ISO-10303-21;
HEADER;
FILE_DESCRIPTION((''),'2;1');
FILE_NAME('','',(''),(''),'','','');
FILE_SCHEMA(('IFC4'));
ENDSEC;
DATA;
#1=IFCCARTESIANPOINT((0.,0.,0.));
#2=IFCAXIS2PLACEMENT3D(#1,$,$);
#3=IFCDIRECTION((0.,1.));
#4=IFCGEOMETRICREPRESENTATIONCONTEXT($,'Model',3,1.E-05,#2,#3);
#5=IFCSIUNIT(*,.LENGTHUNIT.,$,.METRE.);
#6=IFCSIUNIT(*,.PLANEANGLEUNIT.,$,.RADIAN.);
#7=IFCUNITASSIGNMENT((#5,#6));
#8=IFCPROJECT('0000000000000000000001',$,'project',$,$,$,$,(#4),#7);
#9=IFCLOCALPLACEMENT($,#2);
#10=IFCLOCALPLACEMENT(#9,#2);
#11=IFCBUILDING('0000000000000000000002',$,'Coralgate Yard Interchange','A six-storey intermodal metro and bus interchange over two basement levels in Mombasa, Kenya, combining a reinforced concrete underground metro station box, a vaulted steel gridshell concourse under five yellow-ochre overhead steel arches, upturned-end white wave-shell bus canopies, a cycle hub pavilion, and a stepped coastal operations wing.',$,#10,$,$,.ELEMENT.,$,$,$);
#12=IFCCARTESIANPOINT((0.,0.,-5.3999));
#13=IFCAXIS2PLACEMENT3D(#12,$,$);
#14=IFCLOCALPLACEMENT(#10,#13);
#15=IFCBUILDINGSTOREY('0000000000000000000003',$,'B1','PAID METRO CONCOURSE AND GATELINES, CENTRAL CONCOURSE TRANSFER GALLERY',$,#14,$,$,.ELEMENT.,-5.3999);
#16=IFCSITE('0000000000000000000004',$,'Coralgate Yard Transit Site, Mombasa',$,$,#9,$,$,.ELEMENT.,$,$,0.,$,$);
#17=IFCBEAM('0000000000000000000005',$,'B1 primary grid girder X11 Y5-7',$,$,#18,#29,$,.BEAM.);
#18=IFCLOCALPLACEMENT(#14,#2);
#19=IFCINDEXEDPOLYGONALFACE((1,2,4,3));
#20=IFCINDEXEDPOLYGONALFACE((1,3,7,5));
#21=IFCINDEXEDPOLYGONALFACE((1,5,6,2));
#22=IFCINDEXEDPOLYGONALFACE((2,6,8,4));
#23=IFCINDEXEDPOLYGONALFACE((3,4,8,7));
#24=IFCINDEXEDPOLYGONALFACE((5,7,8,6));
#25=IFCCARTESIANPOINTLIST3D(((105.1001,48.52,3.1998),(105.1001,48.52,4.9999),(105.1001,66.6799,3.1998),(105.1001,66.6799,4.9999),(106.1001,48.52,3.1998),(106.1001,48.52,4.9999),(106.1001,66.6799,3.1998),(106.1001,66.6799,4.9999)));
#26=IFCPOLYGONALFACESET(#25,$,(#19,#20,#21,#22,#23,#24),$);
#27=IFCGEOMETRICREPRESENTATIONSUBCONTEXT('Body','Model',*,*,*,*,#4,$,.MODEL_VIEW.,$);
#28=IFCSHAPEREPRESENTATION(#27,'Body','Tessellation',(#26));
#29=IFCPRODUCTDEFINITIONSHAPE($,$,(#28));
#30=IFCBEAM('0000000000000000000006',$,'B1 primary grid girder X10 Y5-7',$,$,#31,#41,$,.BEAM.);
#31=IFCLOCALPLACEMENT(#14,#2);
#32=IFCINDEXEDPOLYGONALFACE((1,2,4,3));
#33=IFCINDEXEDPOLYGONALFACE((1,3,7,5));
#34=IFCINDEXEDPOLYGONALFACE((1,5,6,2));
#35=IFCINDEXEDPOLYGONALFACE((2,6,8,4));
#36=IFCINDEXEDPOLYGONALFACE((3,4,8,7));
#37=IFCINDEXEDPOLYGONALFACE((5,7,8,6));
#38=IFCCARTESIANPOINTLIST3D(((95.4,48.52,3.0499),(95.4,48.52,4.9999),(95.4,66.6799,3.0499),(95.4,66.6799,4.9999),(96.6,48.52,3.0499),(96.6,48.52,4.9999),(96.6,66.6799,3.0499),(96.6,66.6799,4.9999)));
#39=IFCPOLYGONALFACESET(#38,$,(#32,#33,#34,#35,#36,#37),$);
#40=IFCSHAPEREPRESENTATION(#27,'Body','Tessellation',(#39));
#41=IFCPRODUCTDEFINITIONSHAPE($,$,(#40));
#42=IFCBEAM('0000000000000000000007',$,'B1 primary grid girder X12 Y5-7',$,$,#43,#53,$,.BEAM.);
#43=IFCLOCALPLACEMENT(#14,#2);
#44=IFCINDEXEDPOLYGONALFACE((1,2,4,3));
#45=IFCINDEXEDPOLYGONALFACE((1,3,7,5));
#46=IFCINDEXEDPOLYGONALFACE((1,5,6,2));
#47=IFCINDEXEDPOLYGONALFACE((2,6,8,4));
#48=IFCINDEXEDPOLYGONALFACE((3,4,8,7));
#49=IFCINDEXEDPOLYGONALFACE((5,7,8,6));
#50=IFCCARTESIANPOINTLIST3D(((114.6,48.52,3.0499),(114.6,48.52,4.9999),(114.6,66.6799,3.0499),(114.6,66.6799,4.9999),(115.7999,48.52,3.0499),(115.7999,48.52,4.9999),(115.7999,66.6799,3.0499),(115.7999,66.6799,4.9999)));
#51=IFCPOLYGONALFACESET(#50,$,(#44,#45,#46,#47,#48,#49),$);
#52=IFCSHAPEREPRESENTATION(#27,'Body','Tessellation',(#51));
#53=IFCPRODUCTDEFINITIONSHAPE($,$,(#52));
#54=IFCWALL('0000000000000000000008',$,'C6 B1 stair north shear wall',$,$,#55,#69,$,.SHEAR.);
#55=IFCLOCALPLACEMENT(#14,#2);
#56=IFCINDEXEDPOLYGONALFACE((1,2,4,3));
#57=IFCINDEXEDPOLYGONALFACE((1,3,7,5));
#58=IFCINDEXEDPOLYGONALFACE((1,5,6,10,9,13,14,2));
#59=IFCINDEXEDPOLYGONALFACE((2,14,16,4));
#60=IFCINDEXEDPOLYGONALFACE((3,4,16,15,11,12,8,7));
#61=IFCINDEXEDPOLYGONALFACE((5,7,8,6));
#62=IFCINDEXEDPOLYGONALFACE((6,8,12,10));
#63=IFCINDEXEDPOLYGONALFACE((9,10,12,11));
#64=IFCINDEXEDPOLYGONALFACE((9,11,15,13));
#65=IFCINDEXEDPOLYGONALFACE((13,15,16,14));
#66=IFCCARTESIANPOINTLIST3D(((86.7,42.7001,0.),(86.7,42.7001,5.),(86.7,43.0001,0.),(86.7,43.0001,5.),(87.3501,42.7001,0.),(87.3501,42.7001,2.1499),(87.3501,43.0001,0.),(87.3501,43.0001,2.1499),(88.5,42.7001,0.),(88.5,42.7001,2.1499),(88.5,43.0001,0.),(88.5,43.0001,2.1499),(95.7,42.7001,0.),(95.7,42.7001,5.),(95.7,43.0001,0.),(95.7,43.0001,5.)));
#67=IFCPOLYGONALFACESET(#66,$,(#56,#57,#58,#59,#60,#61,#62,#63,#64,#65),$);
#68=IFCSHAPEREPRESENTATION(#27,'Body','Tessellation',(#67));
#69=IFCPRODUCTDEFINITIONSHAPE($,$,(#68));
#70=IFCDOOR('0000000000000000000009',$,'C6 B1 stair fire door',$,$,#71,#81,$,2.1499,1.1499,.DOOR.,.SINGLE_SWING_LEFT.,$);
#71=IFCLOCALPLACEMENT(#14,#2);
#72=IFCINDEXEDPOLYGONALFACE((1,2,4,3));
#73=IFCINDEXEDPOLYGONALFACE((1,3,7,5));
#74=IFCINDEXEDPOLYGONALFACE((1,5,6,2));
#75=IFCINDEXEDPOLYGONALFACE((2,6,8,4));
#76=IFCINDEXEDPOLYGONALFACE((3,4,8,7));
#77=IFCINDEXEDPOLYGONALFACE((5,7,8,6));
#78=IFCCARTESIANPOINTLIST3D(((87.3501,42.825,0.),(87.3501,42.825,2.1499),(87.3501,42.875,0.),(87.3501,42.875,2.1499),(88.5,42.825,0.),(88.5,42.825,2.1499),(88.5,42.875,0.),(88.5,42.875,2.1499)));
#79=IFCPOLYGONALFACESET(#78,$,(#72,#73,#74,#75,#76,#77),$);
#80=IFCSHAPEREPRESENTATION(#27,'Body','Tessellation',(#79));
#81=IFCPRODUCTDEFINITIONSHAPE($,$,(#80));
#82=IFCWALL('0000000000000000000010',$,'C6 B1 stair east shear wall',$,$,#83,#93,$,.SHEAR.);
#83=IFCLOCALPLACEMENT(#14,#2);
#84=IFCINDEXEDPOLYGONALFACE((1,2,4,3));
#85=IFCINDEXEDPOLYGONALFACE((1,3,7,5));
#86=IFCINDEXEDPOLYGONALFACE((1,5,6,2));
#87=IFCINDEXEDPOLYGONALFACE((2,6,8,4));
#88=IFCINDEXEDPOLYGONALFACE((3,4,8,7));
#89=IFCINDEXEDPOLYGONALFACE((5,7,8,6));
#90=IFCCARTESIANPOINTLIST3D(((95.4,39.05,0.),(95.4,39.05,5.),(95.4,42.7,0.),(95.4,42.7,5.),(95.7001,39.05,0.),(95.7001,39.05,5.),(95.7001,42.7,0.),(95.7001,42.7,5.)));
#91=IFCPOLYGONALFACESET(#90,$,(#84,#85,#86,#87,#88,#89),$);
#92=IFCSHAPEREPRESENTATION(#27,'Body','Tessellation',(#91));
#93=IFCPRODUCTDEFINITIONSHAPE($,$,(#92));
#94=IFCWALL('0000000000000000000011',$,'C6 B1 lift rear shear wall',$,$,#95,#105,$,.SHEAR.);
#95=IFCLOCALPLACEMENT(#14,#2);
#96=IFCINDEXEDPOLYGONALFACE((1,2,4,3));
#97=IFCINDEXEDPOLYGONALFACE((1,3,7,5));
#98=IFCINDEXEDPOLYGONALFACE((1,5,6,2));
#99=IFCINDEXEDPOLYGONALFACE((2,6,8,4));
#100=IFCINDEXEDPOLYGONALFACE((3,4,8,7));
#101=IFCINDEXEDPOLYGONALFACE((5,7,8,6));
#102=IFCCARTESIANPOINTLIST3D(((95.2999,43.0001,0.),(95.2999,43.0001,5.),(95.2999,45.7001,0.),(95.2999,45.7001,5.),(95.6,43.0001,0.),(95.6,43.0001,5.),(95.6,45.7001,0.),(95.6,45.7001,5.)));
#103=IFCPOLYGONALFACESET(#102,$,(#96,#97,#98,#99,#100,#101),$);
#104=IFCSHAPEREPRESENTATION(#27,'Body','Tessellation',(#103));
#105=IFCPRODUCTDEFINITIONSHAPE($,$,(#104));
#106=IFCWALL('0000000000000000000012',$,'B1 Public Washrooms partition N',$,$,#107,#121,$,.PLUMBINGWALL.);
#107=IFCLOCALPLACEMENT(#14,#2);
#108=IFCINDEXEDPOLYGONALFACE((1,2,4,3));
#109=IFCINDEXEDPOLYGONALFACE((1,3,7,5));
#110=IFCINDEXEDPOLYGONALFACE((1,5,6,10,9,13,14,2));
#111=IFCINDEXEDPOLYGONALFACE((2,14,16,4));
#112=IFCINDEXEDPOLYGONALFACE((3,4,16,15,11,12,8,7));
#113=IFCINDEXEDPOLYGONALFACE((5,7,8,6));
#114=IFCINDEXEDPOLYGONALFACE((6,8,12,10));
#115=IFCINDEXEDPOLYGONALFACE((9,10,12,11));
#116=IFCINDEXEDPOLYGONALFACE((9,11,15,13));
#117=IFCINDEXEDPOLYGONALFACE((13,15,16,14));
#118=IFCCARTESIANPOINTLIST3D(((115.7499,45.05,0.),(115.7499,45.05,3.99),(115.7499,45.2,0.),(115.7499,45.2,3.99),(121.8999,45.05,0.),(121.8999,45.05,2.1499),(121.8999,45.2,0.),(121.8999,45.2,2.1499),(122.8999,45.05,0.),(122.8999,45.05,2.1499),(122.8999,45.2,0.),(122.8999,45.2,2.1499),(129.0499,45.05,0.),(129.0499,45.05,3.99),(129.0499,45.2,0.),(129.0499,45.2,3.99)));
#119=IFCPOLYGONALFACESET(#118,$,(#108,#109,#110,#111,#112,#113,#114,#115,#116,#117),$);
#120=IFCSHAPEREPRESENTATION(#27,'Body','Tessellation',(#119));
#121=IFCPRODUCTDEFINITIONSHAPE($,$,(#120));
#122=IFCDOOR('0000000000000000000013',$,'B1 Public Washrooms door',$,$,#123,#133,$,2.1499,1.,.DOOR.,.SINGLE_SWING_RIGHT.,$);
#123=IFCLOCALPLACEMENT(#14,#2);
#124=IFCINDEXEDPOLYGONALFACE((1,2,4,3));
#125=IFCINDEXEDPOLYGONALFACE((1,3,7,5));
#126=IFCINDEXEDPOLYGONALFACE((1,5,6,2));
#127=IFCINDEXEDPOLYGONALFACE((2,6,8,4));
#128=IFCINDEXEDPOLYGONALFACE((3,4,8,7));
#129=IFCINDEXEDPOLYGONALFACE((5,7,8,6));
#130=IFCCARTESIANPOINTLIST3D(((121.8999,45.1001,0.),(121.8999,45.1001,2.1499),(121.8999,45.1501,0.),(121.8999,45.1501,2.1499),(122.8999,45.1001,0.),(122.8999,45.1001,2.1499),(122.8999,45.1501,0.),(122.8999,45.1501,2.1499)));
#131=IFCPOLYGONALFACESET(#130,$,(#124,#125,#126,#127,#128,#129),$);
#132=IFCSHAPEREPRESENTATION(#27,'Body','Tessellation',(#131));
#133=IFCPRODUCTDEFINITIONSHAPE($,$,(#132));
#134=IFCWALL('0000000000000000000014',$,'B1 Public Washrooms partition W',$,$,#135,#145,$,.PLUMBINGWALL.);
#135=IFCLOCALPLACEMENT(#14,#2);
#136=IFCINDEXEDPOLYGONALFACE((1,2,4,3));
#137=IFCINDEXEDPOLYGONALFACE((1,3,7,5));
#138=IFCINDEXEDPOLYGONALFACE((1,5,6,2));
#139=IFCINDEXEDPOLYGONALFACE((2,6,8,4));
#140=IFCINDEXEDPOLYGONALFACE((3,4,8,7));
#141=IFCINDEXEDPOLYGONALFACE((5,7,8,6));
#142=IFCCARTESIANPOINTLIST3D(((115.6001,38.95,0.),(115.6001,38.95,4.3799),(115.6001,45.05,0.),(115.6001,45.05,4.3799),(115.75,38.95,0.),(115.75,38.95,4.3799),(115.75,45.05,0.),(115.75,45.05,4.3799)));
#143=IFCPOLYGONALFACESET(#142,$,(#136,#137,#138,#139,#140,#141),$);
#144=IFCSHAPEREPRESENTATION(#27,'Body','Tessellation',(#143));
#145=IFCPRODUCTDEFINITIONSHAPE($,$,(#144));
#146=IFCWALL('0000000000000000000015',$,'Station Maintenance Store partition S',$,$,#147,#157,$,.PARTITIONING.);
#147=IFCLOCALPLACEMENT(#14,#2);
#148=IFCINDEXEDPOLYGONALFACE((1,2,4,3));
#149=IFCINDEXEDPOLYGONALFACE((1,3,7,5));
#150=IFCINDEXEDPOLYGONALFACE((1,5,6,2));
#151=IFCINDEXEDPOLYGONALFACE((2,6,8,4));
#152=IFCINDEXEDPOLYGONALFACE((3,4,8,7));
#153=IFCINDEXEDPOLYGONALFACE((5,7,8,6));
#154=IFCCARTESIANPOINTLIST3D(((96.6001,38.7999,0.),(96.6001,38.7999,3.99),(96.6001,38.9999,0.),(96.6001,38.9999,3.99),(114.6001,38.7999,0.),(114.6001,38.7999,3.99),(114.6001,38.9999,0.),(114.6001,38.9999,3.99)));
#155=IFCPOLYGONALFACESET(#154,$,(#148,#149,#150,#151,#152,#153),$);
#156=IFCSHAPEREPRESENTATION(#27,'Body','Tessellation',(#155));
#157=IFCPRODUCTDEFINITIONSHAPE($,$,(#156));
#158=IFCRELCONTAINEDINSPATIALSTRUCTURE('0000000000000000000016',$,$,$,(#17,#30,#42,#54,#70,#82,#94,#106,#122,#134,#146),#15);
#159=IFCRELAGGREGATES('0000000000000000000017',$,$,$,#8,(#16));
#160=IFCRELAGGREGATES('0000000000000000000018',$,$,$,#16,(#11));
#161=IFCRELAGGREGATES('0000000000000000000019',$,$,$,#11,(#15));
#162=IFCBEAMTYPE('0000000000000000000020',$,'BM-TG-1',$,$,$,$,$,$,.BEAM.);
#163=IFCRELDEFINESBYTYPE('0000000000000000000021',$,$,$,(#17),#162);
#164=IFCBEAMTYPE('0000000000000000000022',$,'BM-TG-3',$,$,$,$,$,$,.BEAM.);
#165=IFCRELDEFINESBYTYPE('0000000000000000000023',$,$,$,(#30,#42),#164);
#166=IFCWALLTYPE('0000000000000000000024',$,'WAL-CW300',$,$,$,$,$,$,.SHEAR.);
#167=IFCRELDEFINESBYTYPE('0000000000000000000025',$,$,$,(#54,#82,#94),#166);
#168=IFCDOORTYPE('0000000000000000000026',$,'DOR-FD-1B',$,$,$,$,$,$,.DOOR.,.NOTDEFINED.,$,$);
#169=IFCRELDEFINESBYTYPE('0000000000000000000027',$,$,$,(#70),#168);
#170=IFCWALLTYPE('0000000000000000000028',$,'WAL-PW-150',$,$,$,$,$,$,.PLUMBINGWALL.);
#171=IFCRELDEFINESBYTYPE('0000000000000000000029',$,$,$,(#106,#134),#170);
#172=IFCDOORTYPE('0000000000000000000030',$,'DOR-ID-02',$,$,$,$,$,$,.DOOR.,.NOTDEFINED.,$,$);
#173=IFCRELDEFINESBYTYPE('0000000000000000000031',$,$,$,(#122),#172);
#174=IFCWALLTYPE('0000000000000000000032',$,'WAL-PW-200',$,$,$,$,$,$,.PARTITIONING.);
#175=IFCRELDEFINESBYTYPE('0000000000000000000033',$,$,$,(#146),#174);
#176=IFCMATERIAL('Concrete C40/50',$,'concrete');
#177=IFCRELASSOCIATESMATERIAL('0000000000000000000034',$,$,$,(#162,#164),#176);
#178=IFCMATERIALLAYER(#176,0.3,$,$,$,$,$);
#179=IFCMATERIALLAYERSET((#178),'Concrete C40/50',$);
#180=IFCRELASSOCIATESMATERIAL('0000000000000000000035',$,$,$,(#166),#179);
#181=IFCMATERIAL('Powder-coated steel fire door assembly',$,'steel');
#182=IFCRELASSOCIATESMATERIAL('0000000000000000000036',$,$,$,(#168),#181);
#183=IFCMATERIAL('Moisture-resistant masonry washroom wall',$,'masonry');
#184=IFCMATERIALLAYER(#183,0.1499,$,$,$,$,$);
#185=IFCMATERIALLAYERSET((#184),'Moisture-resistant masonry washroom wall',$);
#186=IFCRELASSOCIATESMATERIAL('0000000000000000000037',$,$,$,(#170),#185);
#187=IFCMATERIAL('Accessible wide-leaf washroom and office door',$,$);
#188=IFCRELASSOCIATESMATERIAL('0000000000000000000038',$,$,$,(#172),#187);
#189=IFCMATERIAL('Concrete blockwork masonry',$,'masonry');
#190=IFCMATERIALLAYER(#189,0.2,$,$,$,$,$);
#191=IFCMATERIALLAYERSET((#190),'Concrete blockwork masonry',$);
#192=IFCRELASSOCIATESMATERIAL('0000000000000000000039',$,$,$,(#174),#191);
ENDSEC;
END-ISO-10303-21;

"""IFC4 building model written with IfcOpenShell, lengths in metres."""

from ifc_helpers import new_model, si_unit, direction, frame, frame_2d, origin, origin_2d, place, context, subcontext, project, spatial, rectangle, extrude, material, layer, layer_set, material_profile, profile_set, type_object, element, fill, save


model = new_model("IFC4")

# Units and contexts
model_context = context("Model", 3, precision=1e-05, world=origin(), true_north=direction((0.0, 1.0)))
body_context = subcontext(model_context, "Body", "Model", "MODEL_VIEW")
ifc_project = project(units=[si_unit("LENGTHUNIT", "METRE"), si_unit("PLANEANGLEUNIT", "RADIAN")], contexts=[model_context])

# Site, building, storey
site_placement = place(None, origin())
site = spatial("IfcSite", under=ifc_project, at=site_placement, Name="Coralgate Yard Transit Site, Mombasa", CompositionType="ELEMENT", RefElevation=0.0)
building_placement = place(site_placement, origin())
building = spatial("IfcBuilding", under=site, at=building_placement, Name="Coralgate Yard Interchange", Description="A six-storey intermodal metro and bus interchange over two basement levels in Mombasa, Kenya, combining a reinforced concrete underground metro station box, a vaulted steel gridshell concourse under five yellow-ochre overhead steel arches, upturned-end white wave-shell bus canopies, a cycle hub pavilion, and a stepped coastal operations wing.", CompositionType="ELEMENT")
storey_placement = place(building_placement, frame((0.0, 0.0, -5.3999)))
storey = spatial("IfcBuildingStorey", under=building, at=storey_placement, Name="B1", Description="PAID METRO CONCOURSE AND GATELINES, CENTRAL CONCOURSE TRANSFER GALLERY", CompositionType="ELEMENT", Elevation=-5.3999)

# Shared definitions
ifc_material_1 = material(Name="Concrete C40/50", Category="concrete")

# Beams
ifc_material_profile_1 = material_profile(ifc_material_1, rectangle(XDim=1.0, YDim=1.8, at=origin_2d()), Name="RC 1000x1800")
ifc_profile_set_1 = profile_set([ifc_material_profile_1], Name="Concrete C40/50")
beam_type_1 = type_object("IfcBeamType", Name="BM-TG-1", PredefinedType="BEAM", material=ifc_profile_set_1)
beam_1_placement = place(storey_placement, frame((105.6001, 48.52, 4.0999), z_axis=(0.0, 1.0, 0.0), x_axis=(-1.0, 0.0, 0.0)))
element("IfcBeam", 1, at=beam_1_placement, inside=storey, type_object=beam_type_1, Name="B1 primary grid girder X11 Y5-7", PredefinedType="BEAM", context=body_context, shape_type="SweptSolid", body=[
    extrude(rectangle(XDim=1.0, YDim=1.8, at=origin_2d()), origin(), (0.0, 0.0, 1.0), 18.1599),
])
ifc_material_profile_2 = material_profile(ifc_material_1, rectangle(XDim=1.2, YDim=1.95, at=origin_2d()), Name="RC 1200x1950")
ifc_profile_set_2 = profile_set([ifc_material_profile_2], Name="Concrete C40/50")
beam_type_2 = type_object("IfcBeamType", Name="BM-TG-3", PredefinedType="BEAM", material=ifc_profile_set_2)
for number, where, z_axis, x_axis, name in (
    (2, (96.0, 48.52, 4.0249), (0.0, 1.0, 0.0), (-1.0, 0.0, 0.0), "B1 primary grid girder X10 Y5-7"),
    (3, (115.2, 48.52, 4.0249), (0.0, 1.0, 0.0), (-1.0, 0.0, 0.0), "B1 primary grid girder X12 Y5-7"),
):
    element("IfcBeam", number, at=place(storey_placement, frame(where, z_axis=z_axis, x_axis=x_axis)), inside=storey, type_object=beam_type_2, Name=name, PredefinedType="BEAM", context=body_context, shape_type="SweptSolid", body=[
        extrude(rectangle(XDim=1.2, YDim=1.95, at=origin_2d()), origin(), (0.0, 0.0, 1.0), 18.1599),
    ])

# Wall, opening, door
ifc_layer_1 = layer(ifc_material_1, 0.3)
ifc_layer_set_1 = layer_set([ifc_layer_1], Name="Concrete C40/50")
wall_type_1 = type_object("IfcWallType", Name="WAL-CW300", PredefinedType="SHEAR", material=ifc_layer_set_1)
wall_1_placement = place(storey_placement, frame((95.7, 42.8501, 0.0), z_axis=(0.0, 0.0, 1.0), x_axis=(-1.0, 0.0, 0.0)))
wall_1 = element("IfcWall", 4, at=wall_1_placement, inside=storey, type_object=wall_type_1, Name="C6 B1 stair north shear wall", PredefinedType="SHEAR", context=body_context, shape_type="SweptSolid", body=[
    extrude(rectangle(XDim=9.0, YDim=0.3, at=frame_2d((4.5, 0.0))), origin(), (0.0, 0.0, 1.0), 5.0),
])
opening_1_placement = place(wall_1_placement, frame((7.2, 0.0, 0.0)))
opening_1 = element("IfcOpeningElement", 5, at=opening_1_placement, cuts=wall_1, PredefinedType="OPENING", context=body_context, shape_type="SweptSolid", body=[
    extrude(rectangle(XDim=1.1499, YDim=2.1499, at=frame_2d((0.575, 1.075))), frame((0.0, 0.1599, 0.0), z_axis=(0.0, -1.0, 0.0), x_axis=(1.0, 0.0, 0.0)), (0.0, 0.0, 1.0), 0.3201),
])
ifc_material_2 = material(Name="Powder-coated steel fire door assembly", Category="steel")
door_type_1 = type_object("IfcDoorType", Name="DOR-FD-1B", OperationType="NOTDEFINED", PredefinedType="DOOR", material=ifc_material_2)
door_1_placement = place(opening_1_placement, frame((1.1499, 0.0, 0.0), z_axis=(0.0, 0.0, 1.0), x_axis=(-1.0, 0.0, 0.0)))
door_1 = element("IfcDoor", 6, at=door_1_placement, inside=storey, type_object=door_type_1, Name="C6 B1 stair fire door", OperationType="SINGLE_SWING_LEFT", OverallHeight=2.1499, OverallWidth=1.1499, PredefinedType="DOOR", context=body_context, shape_type="SweptSolid", body=[
    extrude(rectangle(XDim=1.1499, YDim=2.1499, at=frame_2d((0.575, 1.075))), frame((0.0, 0.0249, 0.0), z_axis=(0.0, -1.0, 0.0), x_axis=(1.0, 0.0, 0.0)), (0.0, 0.0, 1.0), 0.05),
])
fill(opening_1, door_1)

# Walls
wall_2_placement = place(storey_placement, frame((95.55, 42.7, 0.0), z_axis=(0.0, 0.0, 1.0), x_axis=(0.0, -1.0, 0.0)))
element("IfcWall", 7, at=wall_2_placement, inside=storey, type_object=wall_type_1, Name="C6 B1 stair east shear wall", PredefinedType="SHEAR", context=body_context, shape_type="SweptSolid", body=[
    extrude(rectangle(XDim=3.6499, YDim=0.3, at=frame_2d((1.825, 0.0))), origin(), (0.0, 0.0, 1.0), 5.0),
])
wall_3_placement = place(storey_placement, frame((95.45, 43.0, 0.0), z_axis=(0.0, 0.0, 1.0), x_axis=(0.0, 1.0, 0.0)))
element("IfcWall", 8, at=wall_3_placement, inside=storey, type_object=wall_type_1, Name="C6 B1 lift rear shear wall", PredefinedType="SHEAR", context=body_context, shape_type="SweptSolid", body=[
    extrude(rectangle(XDim=2.7, YDim=0.3, at=frame_2d((1.3501, 0.0))), origin(), (0.0, 0.0, 1.0), 5.0),
])

# Wall, opening, door
ifc_material_3 = material(Name="Moisture-resistant masonry washroom wall", Category="masonry")
ifc_layer_2 = layer(ifc_material_3, 0.1499)
ifc_layer_set_2 = layer_set([ifc_layer_2], Name="Moisture-resistant masonry washroom wall")
wall_type_2 = type_object("IfcWallType", Name="WAL-PW-150", PredefinedType="PLUMBINGWALL", material=ifc_layer_set_2)
wall_4_placement = place(storey_placement, frame((115.75, 45.125, 0.0), z_axis=(0.0, 0.0, 1.0), x_axis=(1.0, 0.0, 0.0)))
wall_4 = element("IfcWall", 9, at=wall_4_placement, inside=storey, type_object=wall_type_2, Name="B1 Public Washrooms partition N", PredefinedType="PLUMBINGWALL", context=body_context, shape_type="SweptSolid", body=[
    extrude(rectangle(XDim=13.3, YDim=0.1499, at=frame_2d((6.6499, 0.0))), origin(), (0.0, 0.0, 1.0), 3.99),
])
opening_2_placement = place(wall_4_placement, frame((6.1499, 0.0, 0.0)))
opening_2 = element("IfcOpeningElement", 10, at=opening_2_placement, cuts=wall_4, PredefinedType="OPENING", context=body_context, shape_type="SweptSolid", body=[
    extrude(rectangle(XDim=1.0, YDim=2.1499, at=frame_2d((0.5, 1.075))), frame((0.0, 0.085, 0.0), z_axis=(0.0, -1.0, 0.0), x_axis=(1.0, 0.0, 0.0)), (0.0, 0.0, 1.0), 0.1699),
])
ifc_material_4 = material(Name="Accessible wide-leaf washroom and office door")
door_type_2 = type_object("IfcDoorType", Name="DOR-ID-02", OperationType="NOTDEFINED", PredefinedType="DOOR", material=ifc_material_4)
door_2_placement = place(opening_2_placement, frame((1.0, 0.0, 0.0), z_axis=(0.0, 0.0, 1.0), x_axis=(-1.0, 0.0, 0.0)))
door_2 = element("IfcDoor", 11, at=door_2_placement, inside=storey, type_object=door_type_2, Name="B1 Public Washrooms door", OperationType="SINGLE_SWING_RIGHT", OverallHeight=2.1499, OverallWidth=1.0, PredefinedType="DOOR", context=body_context, shape_type="SweptSolid", body=[
    extrude(rectangle(XDim=1.0, YDim=2.1499, at=frame_2d((0.5, 1.075))), frame((0.0, 0.0249, 0.0), z_axis=(0.0, -1.0, 0.0), x_axis=(1.0, 0.0, 0.0)), (0.0, 0.0, 1.0), 0.05),
])
fill(opening_2, door_2)

# Walls
wall_5_placement = place(storey_placement, frame((115.675, 38.95, 0.0), z_axis=(0.0, 0.0, 1.0), x_axis=(0.0, 1.0, 0.0)))
element("IfcWall", 12, at=wall_5_placement, inside=storey, type_object=wall_type_2, Name="B1 Public Washrooms partition W", PredefinedType="PLUMBINGWALL", context=body_context, shape_type="SweptSolid", body=[
    extrude(rectangle(XDim=6.1001, YDim=0.1499, at=frame_2d((3.05, 0.0))), origin(), (0.0, 0.0, 1.0), 4.3799),
])
ifc_material_5 = material(Name="Concrete blockwork masonry", Category="masonry")
ifc_layer_3 = layer(ifc_material_5, 0.2)
ifc_layer_set_3 = layer_set([ifc_layer_3], Name="Concrete blockwork masonry")
wall_type_3 = type_object("IfcWallType", Name="WAL-PW-200", PredefinedType="PARTITIONING", material=ifc_layer_set_3)
wall_6_placement = place(storey_placement, frame((114.6001, 38.8999, 0.0), z_axis=(0.0, 0.0, 1.0), x_axis=(-1.0, 0.0, 0.0)))
element("IfcWall", 13, at=wall_6_placement, inside=storey, type_object=wall_type_3, Name="Station Maintenance Store partition S", PredefinedType="PARTITIONING", context=body_context, shape_type="SweptSolid", body=[
    extrude(rectangle(XDim=18.0, YDim=0.2, at=frame_2d((9.0, 0.0))), origin(), (0.0, 0.0, 1.0), 3.99),
])

save(model, "model.ifc")
